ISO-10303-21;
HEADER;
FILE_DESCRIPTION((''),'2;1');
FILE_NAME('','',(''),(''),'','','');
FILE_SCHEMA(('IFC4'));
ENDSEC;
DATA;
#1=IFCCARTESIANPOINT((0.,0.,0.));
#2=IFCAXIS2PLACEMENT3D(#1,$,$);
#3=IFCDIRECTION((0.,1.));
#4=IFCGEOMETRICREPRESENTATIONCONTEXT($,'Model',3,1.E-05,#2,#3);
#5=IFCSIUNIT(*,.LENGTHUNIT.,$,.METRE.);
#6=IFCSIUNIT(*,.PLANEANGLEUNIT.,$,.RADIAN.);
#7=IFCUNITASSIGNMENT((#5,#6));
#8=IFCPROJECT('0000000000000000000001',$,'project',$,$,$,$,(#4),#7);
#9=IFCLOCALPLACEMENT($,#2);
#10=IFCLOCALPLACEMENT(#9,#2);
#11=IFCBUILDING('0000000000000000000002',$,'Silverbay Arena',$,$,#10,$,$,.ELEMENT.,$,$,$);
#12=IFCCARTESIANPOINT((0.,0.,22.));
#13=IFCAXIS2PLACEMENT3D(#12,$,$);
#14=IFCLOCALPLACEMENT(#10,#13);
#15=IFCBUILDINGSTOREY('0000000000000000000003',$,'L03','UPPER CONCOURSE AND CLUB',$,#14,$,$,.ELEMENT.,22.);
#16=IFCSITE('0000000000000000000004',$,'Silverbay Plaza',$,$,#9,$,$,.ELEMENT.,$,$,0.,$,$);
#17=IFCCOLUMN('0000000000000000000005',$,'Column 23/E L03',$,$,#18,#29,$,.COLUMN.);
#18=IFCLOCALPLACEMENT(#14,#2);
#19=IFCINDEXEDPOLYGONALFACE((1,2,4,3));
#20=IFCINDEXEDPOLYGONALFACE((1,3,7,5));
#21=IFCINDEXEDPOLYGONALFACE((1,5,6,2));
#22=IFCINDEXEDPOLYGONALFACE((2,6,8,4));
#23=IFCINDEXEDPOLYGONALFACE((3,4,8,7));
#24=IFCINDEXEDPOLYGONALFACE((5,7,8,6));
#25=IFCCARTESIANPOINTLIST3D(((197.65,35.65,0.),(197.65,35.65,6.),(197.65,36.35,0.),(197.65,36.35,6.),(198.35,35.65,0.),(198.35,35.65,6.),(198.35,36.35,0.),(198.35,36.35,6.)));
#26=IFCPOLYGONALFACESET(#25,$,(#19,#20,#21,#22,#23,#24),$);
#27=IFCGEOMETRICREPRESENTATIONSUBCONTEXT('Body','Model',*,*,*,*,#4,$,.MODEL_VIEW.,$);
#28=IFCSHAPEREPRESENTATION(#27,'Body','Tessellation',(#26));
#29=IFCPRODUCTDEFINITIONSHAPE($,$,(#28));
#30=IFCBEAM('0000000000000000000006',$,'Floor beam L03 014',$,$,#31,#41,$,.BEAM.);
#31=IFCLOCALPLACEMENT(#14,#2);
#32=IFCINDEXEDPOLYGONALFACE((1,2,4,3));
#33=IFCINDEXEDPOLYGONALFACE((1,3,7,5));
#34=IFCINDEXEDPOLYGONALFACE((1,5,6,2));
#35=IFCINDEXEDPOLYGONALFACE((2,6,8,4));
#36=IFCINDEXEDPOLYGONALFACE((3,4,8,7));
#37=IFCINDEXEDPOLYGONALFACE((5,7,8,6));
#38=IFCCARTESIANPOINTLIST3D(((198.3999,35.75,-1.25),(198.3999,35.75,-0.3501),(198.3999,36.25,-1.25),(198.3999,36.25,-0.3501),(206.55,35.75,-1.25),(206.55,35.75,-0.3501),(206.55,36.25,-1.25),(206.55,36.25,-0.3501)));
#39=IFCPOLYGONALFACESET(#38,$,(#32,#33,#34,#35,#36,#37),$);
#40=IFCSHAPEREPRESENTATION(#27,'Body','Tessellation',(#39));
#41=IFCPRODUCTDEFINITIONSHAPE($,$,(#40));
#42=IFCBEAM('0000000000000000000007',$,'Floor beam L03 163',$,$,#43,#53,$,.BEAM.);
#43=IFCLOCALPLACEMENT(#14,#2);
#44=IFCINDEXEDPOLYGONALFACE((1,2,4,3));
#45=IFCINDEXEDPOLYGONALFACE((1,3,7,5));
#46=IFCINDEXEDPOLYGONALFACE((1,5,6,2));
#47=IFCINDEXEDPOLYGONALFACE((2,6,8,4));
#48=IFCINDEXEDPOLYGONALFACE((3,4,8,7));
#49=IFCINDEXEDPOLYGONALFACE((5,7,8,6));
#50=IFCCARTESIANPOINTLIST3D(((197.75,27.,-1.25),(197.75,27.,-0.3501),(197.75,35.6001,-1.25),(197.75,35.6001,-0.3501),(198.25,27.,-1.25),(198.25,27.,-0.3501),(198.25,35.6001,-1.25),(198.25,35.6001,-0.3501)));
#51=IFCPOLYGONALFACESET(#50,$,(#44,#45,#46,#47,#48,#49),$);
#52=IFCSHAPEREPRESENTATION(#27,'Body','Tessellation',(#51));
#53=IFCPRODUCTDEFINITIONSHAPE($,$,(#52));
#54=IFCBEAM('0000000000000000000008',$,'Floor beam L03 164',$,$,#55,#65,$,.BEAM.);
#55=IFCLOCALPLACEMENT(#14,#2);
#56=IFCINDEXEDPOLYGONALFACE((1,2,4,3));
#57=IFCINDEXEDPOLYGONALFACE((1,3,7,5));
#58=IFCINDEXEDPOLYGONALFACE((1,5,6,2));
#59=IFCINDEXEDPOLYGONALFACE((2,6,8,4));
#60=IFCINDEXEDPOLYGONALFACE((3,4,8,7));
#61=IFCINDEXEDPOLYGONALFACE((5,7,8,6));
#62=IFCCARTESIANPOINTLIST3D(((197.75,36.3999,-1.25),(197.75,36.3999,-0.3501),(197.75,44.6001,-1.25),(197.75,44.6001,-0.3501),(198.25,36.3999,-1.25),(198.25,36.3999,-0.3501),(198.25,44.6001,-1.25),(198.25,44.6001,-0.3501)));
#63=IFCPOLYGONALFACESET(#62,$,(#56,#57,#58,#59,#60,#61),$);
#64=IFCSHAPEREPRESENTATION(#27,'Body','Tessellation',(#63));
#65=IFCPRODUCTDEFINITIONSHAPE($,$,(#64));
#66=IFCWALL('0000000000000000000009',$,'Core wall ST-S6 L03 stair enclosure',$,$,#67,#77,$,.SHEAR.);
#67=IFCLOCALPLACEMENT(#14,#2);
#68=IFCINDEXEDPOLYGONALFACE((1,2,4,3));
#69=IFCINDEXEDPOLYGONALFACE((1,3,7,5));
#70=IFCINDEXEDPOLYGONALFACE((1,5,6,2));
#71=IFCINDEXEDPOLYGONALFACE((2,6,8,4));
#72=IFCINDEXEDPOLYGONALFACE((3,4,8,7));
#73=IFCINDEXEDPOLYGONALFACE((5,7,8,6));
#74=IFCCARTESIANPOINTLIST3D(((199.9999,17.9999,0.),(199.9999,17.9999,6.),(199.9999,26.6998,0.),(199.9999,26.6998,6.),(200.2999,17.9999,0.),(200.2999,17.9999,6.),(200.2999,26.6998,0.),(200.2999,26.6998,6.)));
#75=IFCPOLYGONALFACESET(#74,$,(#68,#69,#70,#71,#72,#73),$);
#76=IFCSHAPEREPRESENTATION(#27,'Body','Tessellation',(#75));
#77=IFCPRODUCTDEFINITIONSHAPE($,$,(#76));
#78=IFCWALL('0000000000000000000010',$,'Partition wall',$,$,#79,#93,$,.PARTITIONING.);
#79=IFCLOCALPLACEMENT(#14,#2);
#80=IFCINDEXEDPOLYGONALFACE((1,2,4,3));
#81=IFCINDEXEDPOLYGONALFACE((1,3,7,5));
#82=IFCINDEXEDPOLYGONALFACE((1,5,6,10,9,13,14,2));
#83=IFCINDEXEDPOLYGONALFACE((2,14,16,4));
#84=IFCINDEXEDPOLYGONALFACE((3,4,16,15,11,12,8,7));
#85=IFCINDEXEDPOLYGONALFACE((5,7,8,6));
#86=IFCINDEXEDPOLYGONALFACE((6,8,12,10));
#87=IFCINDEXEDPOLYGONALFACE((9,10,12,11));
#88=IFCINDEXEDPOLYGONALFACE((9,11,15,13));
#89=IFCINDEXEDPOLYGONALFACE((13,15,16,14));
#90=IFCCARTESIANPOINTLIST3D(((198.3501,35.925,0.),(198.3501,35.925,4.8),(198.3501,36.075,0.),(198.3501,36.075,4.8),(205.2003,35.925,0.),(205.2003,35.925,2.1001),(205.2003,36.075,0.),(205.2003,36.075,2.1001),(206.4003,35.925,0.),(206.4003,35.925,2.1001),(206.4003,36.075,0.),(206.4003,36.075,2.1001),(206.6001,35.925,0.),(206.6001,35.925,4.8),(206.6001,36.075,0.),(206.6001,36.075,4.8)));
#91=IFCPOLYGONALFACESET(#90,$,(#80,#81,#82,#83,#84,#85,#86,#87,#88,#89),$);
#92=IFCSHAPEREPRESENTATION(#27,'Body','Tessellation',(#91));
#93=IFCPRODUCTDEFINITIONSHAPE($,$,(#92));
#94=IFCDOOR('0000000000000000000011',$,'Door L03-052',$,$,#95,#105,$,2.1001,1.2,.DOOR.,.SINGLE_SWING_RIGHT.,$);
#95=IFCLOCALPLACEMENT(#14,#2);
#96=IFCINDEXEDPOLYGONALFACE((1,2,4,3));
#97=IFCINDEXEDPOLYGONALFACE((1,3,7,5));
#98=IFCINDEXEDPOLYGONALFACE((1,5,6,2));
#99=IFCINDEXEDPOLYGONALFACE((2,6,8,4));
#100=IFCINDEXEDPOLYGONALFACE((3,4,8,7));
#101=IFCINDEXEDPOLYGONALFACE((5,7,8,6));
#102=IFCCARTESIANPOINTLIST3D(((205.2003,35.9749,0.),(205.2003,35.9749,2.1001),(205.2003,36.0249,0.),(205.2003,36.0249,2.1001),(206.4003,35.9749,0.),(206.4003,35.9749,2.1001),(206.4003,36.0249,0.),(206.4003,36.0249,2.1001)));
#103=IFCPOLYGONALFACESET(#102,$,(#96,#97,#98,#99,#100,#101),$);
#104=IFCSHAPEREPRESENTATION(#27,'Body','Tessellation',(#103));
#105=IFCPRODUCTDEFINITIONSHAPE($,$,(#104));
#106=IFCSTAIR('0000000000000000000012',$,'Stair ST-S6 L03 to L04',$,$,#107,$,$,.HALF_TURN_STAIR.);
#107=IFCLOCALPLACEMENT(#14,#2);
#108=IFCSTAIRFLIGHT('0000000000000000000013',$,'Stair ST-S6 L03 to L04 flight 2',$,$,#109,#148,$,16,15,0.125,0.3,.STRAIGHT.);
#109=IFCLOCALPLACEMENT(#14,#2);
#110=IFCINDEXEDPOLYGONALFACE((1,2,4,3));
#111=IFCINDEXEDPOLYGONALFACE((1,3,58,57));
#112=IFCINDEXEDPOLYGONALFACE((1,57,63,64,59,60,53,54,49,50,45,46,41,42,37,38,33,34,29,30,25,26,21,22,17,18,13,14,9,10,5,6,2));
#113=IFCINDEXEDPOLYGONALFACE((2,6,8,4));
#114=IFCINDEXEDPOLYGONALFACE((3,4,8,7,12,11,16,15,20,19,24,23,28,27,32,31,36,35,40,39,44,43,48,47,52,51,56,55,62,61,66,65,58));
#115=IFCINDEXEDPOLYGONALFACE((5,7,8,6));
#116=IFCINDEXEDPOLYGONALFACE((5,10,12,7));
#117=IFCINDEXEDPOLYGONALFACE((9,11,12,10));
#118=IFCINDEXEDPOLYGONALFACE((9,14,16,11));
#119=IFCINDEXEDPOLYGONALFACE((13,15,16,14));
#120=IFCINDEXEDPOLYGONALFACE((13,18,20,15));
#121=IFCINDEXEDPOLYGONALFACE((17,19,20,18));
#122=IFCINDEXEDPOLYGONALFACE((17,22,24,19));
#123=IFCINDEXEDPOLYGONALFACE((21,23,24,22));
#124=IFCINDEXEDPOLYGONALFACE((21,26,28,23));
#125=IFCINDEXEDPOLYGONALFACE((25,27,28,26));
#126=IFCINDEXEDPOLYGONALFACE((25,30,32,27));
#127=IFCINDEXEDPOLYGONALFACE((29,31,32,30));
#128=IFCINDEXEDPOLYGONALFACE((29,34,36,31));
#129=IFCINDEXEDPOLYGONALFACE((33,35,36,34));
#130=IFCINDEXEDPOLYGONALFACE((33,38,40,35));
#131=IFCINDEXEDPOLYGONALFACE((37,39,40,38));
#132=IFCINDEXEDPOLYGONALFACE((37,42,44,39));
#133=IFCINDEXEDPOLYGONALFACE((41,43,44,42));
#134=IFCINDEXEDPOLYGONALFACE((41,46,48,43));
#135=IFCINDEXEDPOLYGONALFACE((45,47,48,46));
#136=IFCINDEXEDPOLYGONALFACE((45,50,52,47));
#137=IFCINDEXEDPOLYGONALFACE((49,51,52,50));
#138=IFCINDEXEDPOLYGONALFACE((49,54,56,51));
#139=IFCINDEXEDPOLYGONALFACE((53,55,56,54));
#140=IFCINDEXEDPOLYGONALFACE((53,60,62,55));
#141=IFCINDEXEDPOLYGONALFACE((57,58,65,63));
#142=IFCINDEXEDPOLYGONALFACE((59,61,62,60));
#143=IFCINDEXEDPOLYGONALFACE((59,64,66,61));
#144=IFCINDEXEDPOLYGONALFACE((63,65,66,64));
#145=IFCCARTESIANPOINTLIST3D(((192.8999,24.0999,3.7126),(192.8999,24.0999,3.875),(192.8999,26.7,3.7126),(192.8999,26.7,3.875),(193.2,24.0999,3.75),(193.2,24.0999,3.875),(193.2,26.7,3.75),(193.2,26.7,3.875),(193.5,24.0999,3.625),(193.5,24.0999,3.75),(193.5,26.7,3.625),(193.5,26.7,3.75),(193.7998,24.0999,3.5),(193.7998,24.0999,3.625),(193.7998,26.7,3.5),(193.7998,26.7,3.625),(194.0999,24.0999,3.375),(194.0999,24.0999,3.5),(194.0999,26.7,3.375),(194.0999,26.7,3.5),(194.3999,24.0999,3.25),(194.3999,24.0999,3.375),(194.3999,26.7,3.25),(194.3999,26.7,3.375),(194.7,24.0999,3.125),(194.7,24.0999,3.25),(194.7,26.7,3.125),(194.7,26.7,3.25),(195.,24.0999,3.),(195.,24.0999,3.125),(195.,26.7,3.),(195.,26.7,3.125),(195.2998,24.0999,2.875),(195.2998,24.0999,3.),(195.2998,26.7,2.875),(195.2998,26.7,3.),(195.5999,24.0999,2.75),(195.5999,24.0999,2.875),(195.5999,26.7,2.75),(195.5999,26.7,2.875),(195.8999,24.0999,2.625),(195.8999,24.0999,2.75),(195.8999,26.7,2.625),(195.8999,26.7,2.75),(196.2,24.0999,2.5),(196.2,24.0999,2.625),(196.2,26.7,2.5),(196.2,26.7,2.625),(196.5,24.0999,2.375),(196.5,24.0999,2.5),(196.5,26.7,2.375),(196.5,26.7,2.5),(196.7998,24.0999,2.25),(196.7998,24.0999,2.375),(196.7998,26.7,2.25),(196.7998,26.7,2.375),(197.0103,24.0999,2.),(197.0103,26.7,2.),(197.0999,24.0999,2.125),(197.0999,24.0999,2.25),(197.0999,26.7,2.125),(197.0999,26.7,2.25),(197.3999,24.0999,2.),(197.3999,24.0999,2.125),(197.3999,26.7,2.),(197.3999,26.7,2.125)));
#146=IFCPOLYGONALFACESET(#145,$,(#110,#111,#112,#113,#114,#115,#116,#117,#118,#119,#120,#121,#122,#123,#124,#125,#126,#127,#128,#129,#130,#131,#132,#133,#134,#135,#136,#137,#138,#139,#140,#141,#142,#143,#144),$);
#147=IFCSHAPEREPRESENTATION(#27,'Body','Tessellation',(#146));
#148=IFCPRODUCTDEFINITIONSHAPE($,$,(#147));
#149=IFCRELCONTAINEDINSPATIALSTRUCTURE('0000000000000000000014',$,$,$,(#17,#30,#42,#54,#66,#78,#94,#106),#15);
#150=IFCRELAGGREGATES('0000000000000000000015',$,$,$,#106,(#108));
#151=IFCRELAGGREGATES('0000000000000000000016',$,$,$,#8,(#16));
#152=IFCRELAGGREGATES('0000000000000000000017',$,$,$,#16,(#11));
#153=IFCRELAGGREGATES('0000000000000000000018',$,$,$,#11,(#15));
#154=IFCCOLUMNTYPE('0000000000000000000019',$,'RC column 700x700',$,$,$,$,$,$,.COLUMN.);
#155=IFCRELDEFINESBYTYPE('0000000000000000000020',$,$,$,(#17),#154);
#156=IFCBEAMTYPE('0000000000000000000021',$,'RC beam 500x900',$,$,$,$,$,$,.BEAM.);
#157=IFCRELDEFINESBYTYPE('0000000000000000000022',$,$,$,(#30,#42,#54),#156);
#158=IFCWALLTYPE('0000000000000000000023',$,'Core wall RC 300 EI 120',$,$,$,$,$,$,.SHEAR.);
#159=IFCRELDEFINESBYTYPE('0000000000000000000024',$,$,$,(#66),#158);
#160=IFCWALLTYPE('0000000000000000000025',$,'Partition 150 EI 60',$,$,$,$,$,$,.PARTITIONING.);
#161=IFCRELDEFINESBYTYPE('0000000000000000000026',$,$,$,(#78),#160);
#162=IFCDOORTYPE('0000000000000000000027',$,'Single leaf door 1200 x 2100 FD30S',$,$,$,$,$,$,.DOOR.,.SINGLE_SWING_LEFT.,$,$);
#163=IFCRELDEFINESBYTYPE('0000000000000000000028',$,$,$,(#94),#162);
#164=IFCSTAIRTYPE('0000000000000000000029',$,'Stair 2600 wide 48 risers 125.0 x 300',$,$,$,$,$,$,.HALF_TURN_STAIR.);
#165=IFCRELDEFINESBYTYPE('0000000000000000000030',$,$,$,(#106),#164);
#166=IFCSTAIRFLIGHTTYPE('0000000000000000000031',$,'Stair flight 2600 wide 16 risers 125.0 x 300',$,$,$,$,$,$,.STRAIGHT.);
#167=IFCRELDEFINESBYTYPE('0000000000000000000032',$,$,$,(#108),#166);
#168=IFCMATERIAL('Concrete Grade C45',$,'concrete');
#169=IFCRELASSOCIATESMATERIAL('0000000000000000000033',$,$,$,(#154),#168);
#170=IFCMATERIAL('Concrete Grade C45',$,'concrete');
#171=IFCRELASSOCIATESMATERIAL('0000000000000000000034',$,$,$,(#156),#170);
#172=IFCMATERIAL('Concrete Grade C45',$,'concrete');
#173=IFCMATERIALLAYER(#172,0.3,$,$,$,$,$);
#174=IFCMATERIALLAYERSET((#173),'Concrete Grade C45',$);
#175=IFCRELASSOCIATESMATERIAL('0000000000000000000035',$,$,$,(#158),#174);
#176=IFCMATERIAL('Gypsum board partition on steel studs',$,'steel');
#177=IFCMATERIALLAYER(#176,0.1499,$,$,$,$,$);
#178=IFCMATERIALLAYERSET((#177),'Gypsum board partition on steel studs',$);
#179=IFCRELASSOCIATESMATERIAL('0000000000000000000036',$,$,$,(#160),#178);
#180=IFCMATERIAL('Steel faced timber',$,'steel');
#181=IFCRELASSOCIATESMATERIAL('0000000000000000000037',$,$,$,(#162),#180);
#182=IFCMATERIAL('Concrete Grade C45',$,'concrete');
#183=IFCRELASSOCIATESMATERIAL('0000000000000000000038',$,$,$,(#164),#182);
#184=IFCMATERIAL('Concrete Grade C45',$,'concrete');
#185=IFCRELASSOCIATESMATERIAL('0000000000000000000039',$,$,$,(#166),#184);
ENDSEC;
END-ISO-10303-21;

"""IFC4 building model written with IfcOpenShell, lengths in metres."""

from ifc_helpers import new_model, si_unit, direction, frame, frame_2d, origin, origin_2d, place, context, subcontext, project, spatial, polyline, rectangle, outline, extrude, material, layer, layer_set, material_profile, profile_set, type_object, element, fill, aggregate, save


model = new_model("IFC4")

# Units and contexts
model_context = context("Model", 3, precision=1e-05, world=origin(), true_north=direction((0.0, 1.0)))
body_context = subcontext(model_context, "Body", "Model", "MODEL_VIEW")
ifc_project = project(units=[si_unit("LENGTHUNIT", "METRE"), si_unit("PLANEANGLEUNIT", "RADIAN")], contexts=[model_context])

# Site, building, storey
site_placement = place(None, origin())
site = spatial("IfcSite", under=ifc_project, at=site_placement, Name="Silverbay Plaza", CompositionType="ELEMENT", RefElevation=0.0)
building_placement = place(site_placement, origin())
building = spatial("IfcBuilding", under=site, at=building_placement, Name="Silverbay Arena", CompositionType="ELEMENT")
storey_placement = place(building_placement, frame((0.0, 0.0, 22.0)))
storey = spatial("IfcBuildingStorey", under=building, at=storey_placement, Name="L03", Description="UPPER CONCOURSE AND CLUB", CompositionType="ELEMENT", Elevation=22.0)

# Column
ifc_material_1 = material(Name="Concrete Grade C45", Category="concrete")
ifc_material_profile_1 = material_profile(ifc_material_1, rectangle(XDim=0.7, YDim=0.7, at=origin_2d()), Name="RC 700x700")
ifc_profile_set_1 = profile_set([ifc_material_profile_1], Name="Concrete Grade C45")
column_type = type_object("IfcColumnType", Name="RC column 700x700", PredefinedType="COLUMN", material=ifc_profile_set_1)
column_placement = place(storey_placement, frame((198.0, 36.0, 0.0), z_axis=(0.0, 0.0, 1.0), x_axis=(1.0, 0.0, 0.0)))
element("IfcColumn", 1, at=column_placement, inside=storey, type_object=column_type, Name="Column 23/E L03", PredefinedType="COLUMN", context=body_context, shape_type="SweptSolid", body=[
    extrude(rectangle(XDim=0.7, YDim=0.7, at=origin_2d()), origin(), (0.0, 0.0, 1.0), 6.0),
])

# Beams
ifc_material_2 = material(Name="Concrete Grade C45", Category="concrete")
ifc_material_profile_2 = material_profile(ifc_material_2, rectangle(XDim=0.5, YDim=0.8999, at=origin_2d()), Name="RC 500x900")
ifc_profile_set_2 = profile_set([ifc_material_profile_2], Name="Concrete Grade C45")
beam_type = type_object("IfcBeamType", Name="RC beam 500x900", PredefinedType="BEAM", material=ifc_profile_set_2)
beam_1_placement = place(storey_placement, frame((198.3999, 36.0, -0.8), z_axis=(1.0, 0.0, 0.0), x_axis=(0.0, 1.0, 0.0)))
element("IfcBeam", 2, at=beam_1_placement, inside=storey, type_object=beam_type, Name="Floor beam L03 014", PredefinedType="BEAM", context=body_context, shape_type="SweptSolid", body=[
    extrude(rectangle(XDim=0.5, YDim=0.8999, at=origin_2d()), origin(), (0.0, 0.0, 1.0), 8.1501),
])
beam_2_placement = place(storey_placement, frame((198.0, 27.0, -0.8), z_axis=(0.0, 1.0, 0.0), x_axis=(-1.0, 0.0, 0.0)))
element("IfcBeam", 3, at=beam_2_placement, inside=storey, type_object=beam_type, Name="Floor beam L03 163", PredefinedType="BEAM", context=body_context, shape_type="SweptSolid", body=[
    extrude(rectangle(XDim=0.5, YDim=0.8999, at=origin_2d()), origin(), (0.0, 0.0, 1.0), 8.6001),
])
beam_3_placement = place(storey_placement, frame((198.0, 36.3999, -0.8), z_axis=(0.0, 1.0, 0.0), x_axis=(-1.0, 0.0, 0.0)))
element("IfcBeam", 4, at=beam_3_placement, inside=storey, type_object=beam_type, Name="Floor beam L03 164", PredefinedType="BEAM", context=body_context, shape_type="SweptSolid", body=[
    extrude(rectangle(XDim=0.5, YDim=0.8999, at=origin_2d()), origin(), (0.0, 0.0, 1.0), 8.2002),
])

# Wall
ifc_material_3 = material(Name="Concrete Grade C45", Category="concrete")
ifc_layer_1 = layer(ifc_material_3, 0.3)
ifc_layer_set_1 = layer_set([ifc_layer_1], Name="Concrete Grade C45")
wall_type_1 = type_object("IfcWallType", Name="Core wall RC 300 EI 120", PredefinedType="SHEAR", material=ifc_layer_set_1)
wall_1_placement = place(storey_placement, frame((200.1499, 26.7, 0.0), z_axis=(0.0, 0.0, 1.0), x_axis=(0.0, -1.0, 0.0)))
element("IfcWall", 5, at=wall_1_placement, inside=storey, type_object=wall_type_1, Name="Core wall ST-S6 L03 stair enclosure", PredefinedType="SHEAR", context=body_context, shape_type="SweptSolid", body=[
    extrude(rectangle(XDim=8.7, YDim=0.3, at=frame_2d((4.3501, 0.0))), origin(), (0.0, 0.0, 1.0), 6.0),
])

# Wall, opening, door
ifc_material_4 = material(Name="Gypsum board partition on steel studs", Category="steel")
ifc_layer_2 = layer(ifc_material_4, 0.1499)
ifc_layer_set_2 = layer_set([ifc_layer_2], Name="Gypsum board partition on steel studs")
wall_type_2 = type_object("IfcWallType", Name="Partition 150 EI 60", PredefinedType="PARTITIONING", material=ifc_layer_set_2)
wall_2_placement = place(storey_placement, frame((198.3501, 36.0, 0.0), z_axis=(0.0, 0.0, 1.0), x_axis=(1.0, 0.0, 0.0)))
wall_2 = element("IfcWall", 6, at=wall_2_placement, inside=storey, type_object=wall_type_2, Name="Partition wall", PredefinedType="PARTITIONING", context=body_context, shape_type="SweptSolid", body=[
    extrude(rectangle(XDim=8.25, YDim=0.1499, at=frame_2d((4.125, 0.0))), origin(), (0.0, 0.0, 1.0), 4.8),
])
opening_1_placement = place(wall_2_placement, frame((6.8501, 0.0, 0.0)))
opening_1 = element("IfcOpeningElement", 7, at=opening_1_placement, cuts=wall_2, PredefinedType="OPENING", context=body_context, shape_type="SweptSolid", body=[
    extrude(rectangle(XDim=1.2, YDim=2.1001, at=frame_2d((0.6001, 1.05))), frame((0.0, 0.085, 0.0), z_axis=(0.0, -1.0, 0.0), x_axis=(1.0, 0.0, 0.0)), (0.0, 0.0, 1.0), 0.1699),
])
ifc_material_5 = material(Name="Steel faced timber", Category="steel")
door_type_1 = type_object("IfcDoorType", Name="Single leaf door 1200 x 2100 FD30S", OperationType="SINGLE_SWING_LEFT", PredefinedType="DOOR", material=ifc_material_5)
door_1_placement = place(opening_1_placement, origin())
door_1 = element("IfcDoor", 8, at=door_1_placement, inside=storey, type_object=door_type_1, Name="Door L03-052", OperationType="SINGLE_SWING_RIGHT", OverallHeight=2.1001, OverallWidth=1.2, PredefinedType="DOOR", context=body_context, shape_type="SweptSolid", body=[
    extrude(rectangle(XDim=1.2, YDim=2.1001, at=frame_2d((0.6001, 1.05))), frame((0.0, 0.0249, 0.0), z_axis=(0.0, -1.0, 0.0), x_axis=(1.0, 0.0, 0.0)), (0.0, 0.0, 1.0), 0.05),
])
fill(opening_1, door_1)

# Stair, stair flight
ifc_material_6 = material(Name="Concrete Grade C45", Category="concrete")
stair_type = type_object("IfcStairType", Name="Stair 2600 wide 48 risers 125.0 x 300", PredefinedType="HALF_TURN_STAIR", material=ifc_material_6)
stair_placement = place(storey_placement, origin())
stair = element("IfcStair", 9, at=stair_placement, inside=storey, type_object=stair_type, Name="Stair ST-S6 L03 to L04", PredefinedType="HALF_TURN_STAIR")
ifc_material_7 = material(Name="Concrete Grade C45", Category="concrete")
stair_flight_type = type_object("IfcStairFlightType", Name="Stair flight 2600 wide 16 risers 125.0 x 300", PredefinedType="STRAIGHT", material=ifc_material_7)
stair_flight_placement = place(storey_placement, frame((197.3999, 25.3999, 2.0), z_axis=(0.0, 0.0, 1.0), x_axis=(-1.0, 0.0, 0.0)))
stair_flight = element("IfcStairFlight", 10, at=stair_flight_placement, type_object=stair_flight_type, Name="Stair ST-S6 L03 to L04 flight 2", NumberOfRisers=16, NumberOfTreads=15, PredefinedType="STRAIGHT", RiserHeight=0.125, TreadLength=0.3, context=body_context, shape_type="SweptSolid", body=[
    extrude(outline(polyline([(0.0, 0.0), (0.0, 0.125), (0.3, 0.125), (0.3, 0.25), (0.6001, 0.25), (0.6001, 0.375), (0.8999, 0.375), (0.8999, 0.5), (1.2, 0.5), (1.2, 0.625), (1.5, 0.625), (1.5, 0.75), (1.8, 0.75), (1.8, 0.875), (2.1001, 0.875), (2.1001, 1.0), (2.3999, 1.0), (2.3999, 1.125), (2.7, 1.125), (2.7, 1.25), (3.0, 1.25), (3.0, 1.375), (3.3, 1.375), (3.3, 1.5), (3.6001, 1.5), (3.6001, 1.625), (3.8999, 1.625), (3.8999, 1.75), (4.2, 1.75), (4.2, 1.875), (4.5, 1.875), (4.5, 1.7126), (0.3896, 0.0), (0.0, 0.0)])), frame((0.0, 1.3, 0.0), z_axis=(0.0, -1.0, 0.0), x_axis=(1.0, 0.0, 0.0)), (0.0, 0.0, 1.0), 2.6001),
])
aggregate(stair, [stair_flight])

save(model, "model.ifc")
